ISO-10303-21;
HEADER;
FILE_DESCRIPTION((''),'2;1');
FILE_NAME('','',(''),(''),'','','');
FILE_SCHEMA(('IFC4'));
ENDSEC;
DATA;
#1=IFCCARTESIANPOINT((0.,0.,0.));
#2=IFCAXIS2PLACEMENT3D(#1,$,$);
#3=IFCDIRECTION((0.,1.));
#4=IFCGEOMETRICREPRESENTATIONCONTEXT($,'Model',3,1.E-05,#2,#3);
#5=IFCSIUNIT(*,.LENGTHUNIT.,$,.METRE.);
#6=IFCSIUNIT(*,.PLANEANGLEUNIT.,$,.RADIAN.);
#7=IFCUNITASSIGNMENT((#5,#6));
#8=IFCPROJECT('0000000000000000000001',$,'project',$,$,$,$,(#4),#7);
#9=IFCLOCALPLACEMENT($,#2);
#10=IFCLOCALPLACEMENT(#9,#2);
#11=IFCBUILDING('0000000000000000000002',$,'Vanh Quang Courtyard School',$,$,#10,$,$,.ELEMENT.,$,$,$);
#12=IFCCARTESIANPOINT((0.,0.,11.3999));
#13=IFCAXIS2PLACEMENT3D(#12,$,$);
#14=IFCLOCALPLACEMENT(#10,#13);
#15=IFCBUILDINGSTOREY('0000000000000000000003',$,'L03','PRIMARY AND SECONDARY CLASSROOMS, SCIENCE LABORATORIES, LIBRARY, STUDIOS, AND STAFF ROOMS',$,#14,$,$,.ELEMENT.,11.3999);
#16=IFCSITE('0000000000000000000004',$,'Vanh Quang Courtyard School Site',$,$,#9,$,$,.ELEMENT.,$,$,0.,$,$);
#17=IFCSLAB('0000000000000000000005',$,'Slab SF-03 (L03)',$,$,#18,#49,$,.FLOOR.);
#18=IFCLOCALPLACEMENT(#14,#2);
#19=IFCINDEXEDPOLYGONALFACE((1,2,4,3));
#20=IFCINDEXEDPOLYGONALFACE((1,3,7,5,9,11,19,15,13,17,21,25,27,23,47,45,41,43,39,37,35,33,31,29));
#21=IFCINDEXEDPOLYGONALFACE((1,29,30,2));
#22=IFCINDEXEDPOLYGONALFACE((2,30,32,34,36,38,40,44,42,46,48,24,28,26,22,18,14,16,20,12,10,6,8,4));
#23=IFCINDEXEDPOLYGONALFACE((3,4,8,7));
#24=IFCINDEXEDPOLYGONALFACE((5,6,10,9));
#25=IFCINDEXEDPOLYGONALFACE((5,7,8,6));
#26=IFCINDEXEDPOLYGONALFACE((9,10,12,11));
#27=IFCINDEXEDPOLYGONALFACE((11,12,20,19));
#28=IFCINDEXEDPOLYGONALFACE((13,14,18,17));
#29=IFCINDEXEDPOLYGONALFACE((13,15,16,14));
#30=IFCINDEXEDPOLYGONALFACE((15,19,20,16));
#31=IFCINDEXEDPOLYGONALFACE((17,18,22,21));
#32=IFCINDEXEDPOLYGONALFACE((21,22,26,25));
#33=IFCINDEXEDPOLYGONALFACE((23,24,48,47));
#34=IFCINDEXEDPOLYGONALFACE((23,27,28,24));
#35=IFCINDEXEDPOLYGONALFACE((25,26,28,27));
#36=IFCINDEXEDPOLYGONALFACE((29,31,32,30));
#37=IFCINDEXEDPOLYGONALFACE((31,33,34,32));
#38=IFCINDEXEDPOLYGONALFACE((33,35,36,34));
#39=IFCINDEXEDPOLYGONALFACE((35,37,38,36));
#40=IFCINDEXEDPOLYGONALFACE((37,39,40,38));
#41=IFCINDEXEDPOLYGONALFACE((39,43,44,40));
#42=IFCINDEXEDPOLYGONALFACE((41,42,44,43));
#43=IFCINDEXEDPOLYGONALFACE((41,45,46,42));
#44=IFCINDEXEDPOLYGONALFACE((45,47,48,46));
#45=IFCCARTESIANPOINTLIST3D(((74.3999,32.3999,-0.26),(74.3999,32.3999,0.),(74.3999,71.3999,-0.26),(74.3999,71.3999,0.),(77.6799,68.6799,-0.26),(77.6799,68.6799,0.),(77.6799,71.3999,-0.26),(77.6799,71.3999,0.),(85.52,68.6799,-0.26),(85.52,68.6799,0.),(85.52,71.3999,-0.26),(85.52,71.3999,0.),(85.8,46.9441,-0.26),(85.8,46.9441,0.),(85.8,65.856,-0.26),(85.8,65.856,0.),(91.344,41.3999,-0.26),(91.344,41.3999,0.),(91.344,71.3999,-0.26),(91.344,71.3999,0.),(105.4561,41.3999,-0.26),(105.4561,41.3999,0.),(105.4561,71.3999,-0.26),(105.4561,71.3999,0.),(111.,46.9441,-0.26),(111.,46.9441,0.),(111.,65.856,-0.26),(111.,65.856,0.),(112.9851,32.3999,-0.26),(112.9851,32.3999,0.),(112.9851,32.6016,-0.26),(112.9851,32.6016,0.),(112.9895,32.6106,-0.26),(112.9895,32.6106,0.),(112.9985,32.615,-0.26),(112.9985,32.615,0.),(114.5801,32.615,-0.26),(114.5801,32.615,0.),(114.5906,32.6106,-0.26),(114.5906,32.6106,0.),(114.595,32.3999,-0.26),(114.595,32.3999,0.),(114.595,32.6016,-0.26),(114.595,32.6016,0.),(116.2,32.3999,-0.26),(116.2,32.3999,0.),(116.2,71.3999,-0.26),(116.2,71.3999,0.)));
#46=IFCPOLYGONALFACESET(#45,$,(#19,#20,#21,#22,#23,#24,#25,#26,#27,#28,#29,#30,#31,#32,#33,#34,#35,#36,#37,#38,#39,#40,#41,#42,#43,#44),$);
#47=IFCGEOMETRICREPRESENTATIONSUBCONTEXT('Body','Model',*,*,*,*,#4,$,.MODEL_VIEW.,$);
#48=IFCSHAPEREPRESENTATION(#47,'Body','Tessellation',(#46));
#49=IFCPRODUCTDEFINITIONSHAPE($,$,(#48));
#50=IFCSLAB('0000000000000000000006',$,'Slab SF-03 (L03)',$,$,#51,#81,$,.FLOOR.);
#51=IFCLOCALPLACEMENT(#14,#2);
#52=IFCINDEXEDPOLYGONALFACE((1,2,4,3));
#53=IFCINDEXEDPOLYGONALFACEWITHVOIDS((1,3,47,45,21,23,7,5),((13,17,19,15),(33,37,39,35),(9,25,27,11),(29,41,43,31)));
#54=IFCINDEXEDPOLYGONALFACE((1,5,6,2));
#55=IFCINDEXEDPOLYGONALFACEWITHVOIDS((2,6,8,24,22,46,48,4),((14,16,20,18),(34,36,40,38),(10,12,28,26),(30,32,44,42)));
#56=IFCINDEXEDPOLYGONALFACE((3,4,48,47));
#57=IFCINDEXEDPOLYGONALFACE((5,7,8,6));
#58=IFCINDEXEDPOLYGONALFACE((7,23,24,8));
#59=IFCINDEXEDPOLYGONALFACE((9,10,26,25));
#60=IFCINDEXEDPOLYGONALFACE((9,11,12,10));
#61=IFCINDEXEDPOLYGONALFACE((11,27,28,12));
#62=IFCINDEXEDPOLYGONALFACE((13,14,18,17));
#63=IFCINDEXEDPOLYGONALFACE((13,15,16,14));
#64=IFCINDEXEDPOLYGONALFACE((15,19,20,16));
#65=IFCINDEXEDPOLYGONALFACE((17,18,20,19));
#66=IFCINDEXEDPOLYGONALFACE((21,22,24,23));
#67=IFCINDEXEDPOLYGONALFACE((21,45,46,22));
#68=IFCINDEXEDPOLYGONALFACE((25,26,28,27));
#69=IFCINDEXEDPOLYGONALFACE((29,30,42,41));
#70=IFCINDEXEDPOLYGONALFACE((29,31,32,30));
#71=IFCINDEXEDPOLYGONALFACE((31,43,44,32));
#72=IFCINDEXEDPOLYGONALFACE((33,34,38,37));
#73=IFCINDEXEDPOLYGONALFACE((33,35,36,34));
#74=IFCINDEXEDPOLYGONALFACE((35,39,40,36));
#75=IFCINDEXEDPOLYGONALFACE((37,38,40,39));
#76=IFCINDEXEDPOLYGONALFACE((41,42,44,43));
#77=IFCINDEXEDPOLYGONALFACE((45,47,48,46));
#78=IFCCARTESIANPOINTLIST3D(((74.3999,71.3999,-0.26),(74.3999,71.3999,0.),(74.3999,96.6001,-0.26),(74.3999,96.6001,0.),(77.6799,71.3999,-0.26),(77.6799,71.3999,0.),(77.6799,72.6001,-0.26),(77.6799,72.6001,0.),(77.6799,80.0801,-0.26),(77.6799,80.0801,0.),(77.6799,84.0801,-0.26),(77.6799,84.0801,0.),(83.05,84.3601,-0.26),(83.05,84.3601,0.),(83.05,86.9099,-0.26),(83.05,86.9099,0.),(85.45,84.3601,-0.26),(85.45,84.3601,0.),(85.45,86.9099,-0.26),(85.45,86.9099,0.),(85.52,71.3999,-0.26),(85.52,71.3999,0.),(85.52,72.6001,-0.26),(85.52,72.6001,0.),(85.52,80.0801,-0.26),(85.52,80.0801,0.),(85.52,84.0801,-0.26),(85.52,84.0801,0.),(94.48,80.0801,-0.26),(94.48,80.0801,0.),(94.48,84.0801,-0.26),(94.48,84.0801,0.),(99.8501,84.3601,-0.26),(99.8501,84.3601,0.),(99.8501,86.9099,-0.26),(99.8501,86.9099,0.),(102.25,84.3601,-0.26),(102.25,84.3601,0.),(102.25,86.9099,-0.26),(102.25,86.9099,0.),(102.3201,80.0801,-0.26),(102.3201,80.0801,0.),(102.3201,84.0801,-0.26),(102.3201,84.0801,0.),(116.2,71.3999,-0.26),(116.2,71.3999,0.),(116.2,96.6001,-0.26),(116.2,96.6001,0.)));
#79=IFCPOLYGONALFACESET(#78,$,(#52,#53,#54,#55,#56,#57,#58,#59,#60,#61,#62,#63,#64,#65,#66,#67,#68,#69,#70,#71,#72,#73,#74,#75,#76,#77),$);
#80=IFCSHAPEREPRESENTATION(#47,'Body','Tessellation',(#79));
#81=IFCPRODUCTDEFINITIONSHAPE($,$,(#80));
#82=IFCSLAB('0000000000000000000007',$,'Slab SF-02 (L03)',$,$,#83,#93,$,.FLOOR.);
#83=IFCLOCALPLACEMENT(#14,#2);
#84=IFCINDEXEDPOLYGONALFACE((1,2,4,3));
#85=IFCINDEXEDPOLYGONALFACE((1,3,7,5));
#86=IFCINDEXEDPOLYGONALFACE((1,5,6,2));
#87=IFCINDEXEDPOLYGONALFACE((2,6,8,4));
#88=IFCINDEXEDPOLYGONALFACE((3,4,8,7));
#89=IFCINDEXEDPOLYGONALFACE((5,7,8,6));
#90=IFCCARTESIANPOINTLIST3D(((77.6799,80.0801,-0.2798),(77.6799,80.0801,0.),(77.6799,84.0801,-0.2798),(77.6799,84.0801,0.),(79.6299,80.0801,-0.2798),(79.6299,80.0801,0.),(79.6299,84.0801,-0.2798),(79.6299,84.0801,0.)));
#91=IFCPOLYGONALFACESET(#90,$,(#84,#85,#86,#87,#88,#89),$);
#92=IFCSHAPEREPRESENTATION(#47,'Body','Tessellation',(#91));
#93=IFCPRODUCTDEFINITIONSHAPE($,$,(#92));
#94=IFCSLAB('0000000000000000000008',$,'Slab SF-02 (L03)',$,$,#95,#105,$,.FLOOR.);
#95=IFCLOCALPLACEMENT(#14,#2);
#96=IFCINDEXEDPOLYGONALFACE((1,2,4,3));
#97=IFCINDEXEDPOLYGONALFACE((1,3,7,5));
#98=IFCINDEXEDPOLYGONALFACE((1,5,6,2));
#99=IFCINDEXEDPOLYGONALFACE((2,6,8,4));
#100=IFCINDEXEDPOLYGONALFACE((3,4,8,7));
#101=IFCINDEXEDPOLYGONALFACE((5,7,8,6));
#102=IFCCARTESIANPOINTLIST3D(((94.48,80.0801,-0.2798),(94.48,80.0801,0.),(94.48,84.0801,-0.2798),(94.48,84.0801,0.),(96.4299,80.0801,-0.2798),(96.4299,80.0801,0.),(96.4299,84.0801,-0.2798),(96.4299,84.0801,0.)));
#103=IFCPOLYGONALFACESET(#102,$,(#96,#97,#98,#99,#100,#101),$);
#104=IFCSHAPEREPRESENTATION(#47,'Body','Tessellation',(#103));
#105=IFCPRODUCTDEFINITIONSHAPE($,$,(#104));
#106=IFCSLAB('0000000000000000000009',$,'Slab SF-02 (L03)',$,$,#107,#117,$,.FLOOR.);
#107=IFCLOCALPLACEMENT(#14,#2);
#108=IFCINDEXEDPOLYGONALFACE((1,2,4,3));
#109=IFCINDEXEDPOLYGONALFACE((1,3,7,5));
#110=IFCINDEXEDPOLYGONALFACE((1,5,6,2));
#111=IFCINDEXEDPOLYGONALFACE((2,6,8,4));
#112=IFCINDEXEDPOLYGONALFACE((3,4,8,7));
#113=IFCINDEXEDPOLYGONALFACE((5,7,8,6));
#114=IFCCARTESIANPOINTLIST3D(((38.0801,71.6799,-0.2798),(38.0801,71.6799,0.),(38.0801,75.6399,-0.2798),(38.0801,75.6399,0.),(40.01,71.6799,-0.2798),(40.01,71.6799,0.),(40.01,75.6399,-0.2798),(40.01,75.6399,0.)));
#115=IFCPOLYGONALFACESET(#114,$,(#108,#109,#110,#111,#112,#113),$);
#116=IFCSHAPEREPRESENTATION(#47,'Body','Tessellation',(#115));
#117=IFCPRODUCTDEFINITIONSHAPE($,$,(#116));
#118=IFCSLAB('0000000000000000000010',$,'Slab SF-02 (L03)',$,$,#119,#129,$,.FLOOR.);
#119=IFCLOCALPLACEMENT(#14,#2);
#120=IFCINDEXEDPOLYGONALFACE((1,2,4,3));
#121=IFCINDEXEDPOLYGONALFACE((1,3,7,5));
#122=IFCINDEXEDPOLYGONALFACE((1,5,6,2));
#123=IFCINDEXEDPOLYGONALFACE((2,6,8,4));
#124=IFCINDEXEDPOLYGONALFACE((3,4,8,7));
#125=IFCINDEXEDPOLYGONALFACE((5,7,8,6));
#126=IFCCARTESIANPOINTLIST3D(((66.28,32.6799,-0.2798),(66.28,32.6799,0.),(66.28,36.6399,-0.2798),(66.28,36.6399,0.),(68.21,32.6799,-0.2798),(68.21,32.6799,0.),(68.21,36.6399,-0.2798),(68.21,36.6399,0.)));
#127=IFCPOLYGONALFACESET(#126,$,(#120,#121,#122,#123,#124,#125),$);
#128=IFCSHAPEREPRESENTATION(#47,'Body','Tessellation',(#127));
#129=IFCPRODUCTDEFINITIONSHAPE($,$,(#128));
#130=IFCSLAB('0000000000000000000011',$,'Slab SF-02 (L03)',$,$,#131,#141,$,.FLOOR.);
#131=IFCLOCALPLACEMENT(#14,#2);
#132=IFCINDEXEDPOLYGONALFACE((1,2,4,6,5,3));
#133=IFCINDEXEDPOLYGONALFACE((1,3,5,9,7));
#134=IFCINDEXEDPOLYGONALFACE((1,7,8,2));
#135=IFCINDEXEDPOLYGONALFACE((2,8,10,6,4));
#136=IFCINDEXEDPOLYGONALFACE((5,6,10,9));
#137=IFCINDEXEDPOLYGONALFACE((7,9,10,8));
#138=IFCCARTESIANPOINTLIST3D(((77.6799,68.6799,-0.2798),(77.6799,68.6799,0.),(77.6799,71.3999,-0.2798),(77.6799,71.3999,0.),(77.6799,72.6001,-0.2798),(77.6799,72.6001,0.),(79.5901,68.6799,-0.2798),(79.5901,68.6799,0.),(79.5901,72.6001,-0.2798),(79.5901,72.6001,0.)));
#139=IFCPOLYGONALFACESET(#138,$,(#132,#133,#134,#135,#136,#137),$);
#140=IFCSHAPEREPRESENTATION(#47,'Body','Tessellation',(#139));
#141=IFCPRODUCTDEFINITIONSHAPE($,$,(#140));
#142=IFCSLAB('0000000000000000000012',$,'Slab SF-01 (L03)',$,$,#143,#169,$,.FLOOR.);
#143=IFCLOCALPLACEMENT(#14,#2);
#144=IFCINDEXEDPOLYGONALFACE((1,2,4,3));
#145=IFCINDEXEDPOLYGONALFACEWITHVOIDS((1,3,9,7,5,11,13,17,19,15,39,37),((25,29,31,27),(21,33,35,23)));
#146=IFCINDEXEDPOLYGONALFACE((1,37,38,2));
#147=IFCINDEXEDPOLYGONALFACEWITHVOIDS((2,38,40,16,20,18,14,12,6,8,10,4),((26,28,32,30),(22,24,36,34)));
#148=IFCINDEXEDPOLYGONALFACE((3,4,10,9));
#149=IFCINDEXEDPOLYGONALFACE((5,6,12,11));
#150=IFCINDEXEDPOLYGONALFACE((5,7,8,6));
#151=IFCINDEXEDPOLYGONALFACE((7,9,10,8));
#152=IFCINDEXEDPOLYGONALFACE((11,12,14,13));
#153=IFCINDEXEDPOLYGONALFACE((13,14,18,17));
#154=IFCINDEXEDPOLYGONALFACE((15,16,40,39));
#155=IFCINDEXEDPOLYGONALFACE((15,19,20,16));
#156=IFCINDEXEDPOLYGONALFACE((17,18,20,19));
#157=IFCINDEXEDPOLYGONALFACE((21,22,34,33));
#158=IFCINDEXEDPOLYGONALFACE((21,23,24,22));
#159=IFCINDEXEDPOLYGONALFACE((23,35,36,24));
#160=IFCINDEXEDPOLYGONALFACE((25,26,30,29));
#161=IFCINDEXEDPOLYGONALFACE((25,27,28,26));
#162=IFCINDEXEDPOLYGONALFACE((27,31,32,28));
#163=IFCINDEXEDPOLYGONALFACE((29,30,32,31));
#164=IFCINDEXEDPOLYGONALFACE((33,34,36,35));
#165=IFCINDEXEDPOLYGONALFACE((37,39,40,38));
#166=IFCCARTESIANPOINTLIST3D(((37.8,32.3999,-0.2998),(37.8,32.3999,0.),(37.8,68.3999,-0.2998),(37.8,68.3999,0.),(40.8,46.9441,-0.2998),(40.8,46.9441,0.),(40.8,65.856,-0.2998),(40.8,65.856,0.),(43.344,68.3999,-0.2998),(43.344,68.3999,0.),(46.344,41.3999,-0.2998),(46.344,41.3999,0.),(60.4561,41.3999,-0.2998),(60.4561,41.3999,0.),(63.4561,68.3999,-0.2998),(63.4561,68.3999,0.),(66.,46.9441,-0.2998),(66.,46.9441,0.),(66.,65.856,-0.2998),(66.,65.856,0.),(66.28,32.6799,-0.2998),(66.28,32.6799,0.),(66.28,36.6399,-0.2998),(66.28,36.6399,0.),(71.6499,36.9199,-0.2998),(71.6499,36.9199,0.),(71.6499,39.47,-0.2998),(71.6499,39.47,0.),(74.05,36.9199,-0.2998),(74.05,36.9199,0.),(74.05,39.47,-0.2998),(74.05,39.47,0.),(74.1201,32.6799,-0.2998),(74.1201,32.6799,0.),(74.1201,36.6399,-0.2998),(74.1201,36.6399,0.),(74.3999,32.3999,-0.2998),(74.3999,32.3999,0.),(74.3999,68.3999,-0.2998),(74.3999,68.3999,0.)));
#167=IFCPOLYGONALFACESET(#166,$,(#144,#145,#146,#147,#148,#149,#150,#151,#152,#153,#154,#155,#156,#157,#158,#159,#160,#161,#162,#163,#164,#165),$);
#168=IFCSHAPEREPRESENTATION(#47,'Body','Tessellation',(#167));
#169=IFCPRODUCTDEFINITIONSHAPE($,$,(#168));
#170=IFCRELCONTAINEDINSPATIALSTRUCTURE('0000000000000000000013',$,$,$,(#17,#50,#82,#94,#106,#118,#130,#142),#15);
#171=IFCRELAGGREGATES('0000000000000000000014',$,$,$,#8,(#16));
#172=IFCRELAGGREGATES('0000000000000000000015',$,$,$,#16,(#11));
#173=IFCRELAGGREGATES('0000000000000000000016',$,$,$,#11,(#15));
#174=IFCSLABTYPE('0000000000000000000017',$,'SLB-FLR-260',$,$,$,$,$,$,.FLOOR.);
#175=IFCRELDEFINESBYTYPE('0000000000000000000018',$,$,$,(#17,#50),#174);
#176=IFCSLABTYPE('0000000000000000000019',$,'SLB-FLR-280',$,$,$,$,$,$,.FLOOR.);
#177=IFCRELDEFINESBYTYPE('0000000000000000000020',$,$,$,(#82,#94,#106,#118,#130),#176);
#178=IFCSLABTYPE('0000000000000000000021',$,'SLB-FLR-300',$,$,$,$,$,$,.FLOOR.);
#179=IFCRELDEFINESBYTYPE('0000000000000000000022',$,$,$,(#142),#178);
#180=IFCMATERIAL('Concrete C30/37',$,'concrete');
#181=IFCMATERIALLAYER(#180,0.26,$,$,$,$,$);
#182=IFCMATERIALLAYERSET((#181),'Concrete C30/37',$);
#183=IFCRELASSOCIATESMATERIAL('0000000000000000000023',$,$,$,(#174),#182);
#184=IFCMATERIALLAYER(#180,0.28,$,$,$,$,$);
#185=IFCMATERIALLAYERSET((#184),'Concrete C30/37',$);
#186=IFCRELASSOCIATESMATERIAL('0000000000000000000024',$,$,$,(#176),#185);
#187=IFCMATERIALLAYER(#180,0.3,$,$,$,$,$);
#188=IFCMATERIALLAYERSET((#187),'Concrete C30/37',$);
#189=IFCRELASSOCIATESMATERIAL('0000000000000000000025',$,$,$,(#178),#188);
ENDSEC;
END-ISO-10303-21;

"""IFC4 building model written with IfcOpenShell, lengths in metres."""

from ifc_helpers import new_model, si_unit, direction, frame, origin, place, context, subcontext, project, spatial, polyline, outline, extrude, material, layer, layer_set, type_object, element, save


model = new_model("IFC4")

# Units and contexts
model_context = context("Model", 3, precision=1e-05, world=origin(), true_north=direction((0.0, 1.0)))
body_context = subcontext(model_context, "Body", "Model", "MODEL_VIEW")
ifc_project = project(units=[si_unit("LENGTHUNIT", "METRE"), si_unit("PLANEANGLEUNIT", "RADIAN")], contexts=[model_context])

# Site, building, storey
site_placement = place(None, origin())
site = spatial("IfcSite", under=ifc_project, at=site_placement, Name="Vanh Quang Courtyard School Site", CompositionType="ELEMENT", RefElevation=0.0)
building_placement = place(site_placement, origin())
building = spatial("IfcBuilding", under=site, at=building_placement, Name="Vanh Quang Courtyard School", CompositionType="ELEMENT")
storey_placement = place(building_placement, frame((0.0, 0.0, 11.3999)))
storey = spatial("IfcBuildingStorey", under=building, at=storey_placement, Name="L03", Description="PRIMARY AND SECONDARY CLASSROOMS, SCIENCE LABORATORIES, LIBRARY, STUDIOS, AND STAFF ROOMS", CompositionType="ELEMENT", Elevation=11.3999)

# Slabs
ifc_material_1 = material(Name="Concrete C30/37", Category="concrete")
ifc_layer_1 = layer(ifc_material_1, 0.26)
ifc_layer_set_1 = layer_set([ifc_layer_1], Name="Concrete C30/37")
slab_type_1 = type_object("IfcSlabType", Name="SLB-FLR-260", PredefinedType="FLOOR", material=ifc_layer_set_1)
slab_1_placement = place(storey_placement, frame((0.0, 0.0, -0.26)))
element("IfcSlab", 1, at=slab_1_placement, inside=storey, type_object=slab_type_1, Name="Slab SF-03 (L03)", PredefinedType="FLOOR", context=body_context, shape_type="SweptSolid", body=[
    extrude(outline(polyline([(116.2, 71.3999), (105.4561, 71.3999), (111.0, 65.856), (111.0, 46.9441), (105.4561, 41.3999), (91.344, 41.3999), (85.8, 46.9441), (85.8, 65.856), (91.344, 71.3999), (85.52, 71.3999), (85.52, 68.6799), (77.6799, 68.6799), (77.6799, 71.3999), (74.3999, 71.3999), (74.3999, 32.3999), (112.9851, 32.3999), (112.9851, 32.6016), (112.9895, 32.6106), (112.9985, 32.615), (114.5801, 32.615), (114.5906, 32.6106), (114.595, 32.6016), (114.595, 32.3999), (116.2, 32.3999), (116.2, 71.3999)])), origin(), (0.0, 0.0, 1.0), 0.26),
])
slab_2_placement = place(storey_placement, frame((0.0, 0.0, -0.26)))
element("IfcSlab", 2, at=slab_2_placement, inside=storey, type_object=slab_type_1, Name="Slab SF-03 (L03)", PredefinedType="FLOOR", context=body_context, shape_type="SweptSolid", body=[
    extrude(outline(polyline([(116.2, 96.6001), (74.3999, 96.6001), (74.3999, 71.3999), (77.6799, 71.3999), (77.6799, 72.6001), (85.52, 72.6001), (85.52, 71.3999), (116.2, 71.3999), (116.2, 96.6001)]), holes=[polyline([(85.52, 80.0801), (77.6799, 80.0801), (77.6799, 84.0801), (85.52, 84.0801), (85.52, 80.0801)]), polyline([(85.45, 84.3601), (83.05, 84.3601), (83.05, 86.9099), (85.45, 86.9099), (85.45, 84.3601)]), polyline([(102.3201, 80.0801), (94.48, 80.0801), (94.48, 84.0801), (102.3201, 84.0801), (102.3201, 80.0801)]), polyline([(102.25, 84.3601), (99.8501, 84.3601), (99.8501, 86.9099), (102.25, 86.9099), (102.25, 84.3601)])]), origin(), (0.0, 0.0, 1.0), 0.26),
])
ifc_layer_2 = layer(ifc_material_1, 0.28)
ifc_layer_set_2 = layer_set([ifc_layer_2], Name="Concrete C30/37")
slab_type_2 = type_object("IfcSlabType", Name="SLB-FLR-280", PredefinedType="FLOOR", material=ifc_layer_set_2)
slab_3_placement = place(storey_placement, frame((0.0, 0.0, -0.2798)))
element("IfcSlab", 3, at=slab_3_placement, inside=storey, type_object=slab_type_2, Name="Slab SF-02 (L03)", PredefinedType="FLOOR", context=body_context, shape_type="SweptSolid", body=[
    extrude(outline(polyline([(79.6299, 80.0801), (77.6799, 80.0801), (77.6799, 84.0801), (79.6299, 84.0801), (79.6299, 80.0801)])), origin(), (0.0, 0.0, 1.0), 0.2798),
])
slab_4_placement = place(storey_placement, frame((0.0, 0.0, -0.2798)))
element("IfcSlab", 4, at=slab_4_placement, inside=storey, type_object=slab_type_2, Name="Slab SF-02 (L03)", PredefinedType="FLOOR", context=body_context, shape_type="SweptSolid", body=[
    extrude(outline(polyline([(96.4299, 80.0801), (94.48, 80.0801), (94.48, 84.0801), (96.4299, 84.0801), (96.4299, 80.0801)])), origin(), (0.0, 0.0, 1.0), 0.2798),
])
slab_5_placement = place(storey_placement, frame((0.0, 0.0, -0.2798)))
element("IfcSlab", 5, at=slab_5_placement, inside=storey, type_object=slab_type_2, Name="Slab SF-02 (L03)", PredefinedType="FLOOR", context=body_context, shape_type="SweptSolid", body=[
    extrude(outline(polyline([(40.01, 71.6799), (38.0801, 71.6799), (38.0801, 75.6399), (40.01, 75.6399), (40.01, 71.6799)])), origin(), (0.0, 0.0, 1.0), 0.2798),
])
slab_6_placement = place(storey_placement, frame((0.0, 0.0, -0.2798)))
element("IfcSlab", 6, at=slab_6_placement, inside=storey, type_object=slab_type_2, Name="Slab SF-02 (L03)", PredefinedType="FLOOR", context=body_context, shape_type="SweptSolid", body=[
    extrude(outline(polyline([(68.21, 32.6799), (66.28, 32.6799), (66.28, 36.6399), (68.21, 36.6399), (68.21, 32.6799)])), origin(), (0.0, 0.0, 1.0), 0.2798),
])
slab_7_placement = place(storey_placement, frame((0.0, 0.0, -0.2798)))
element("IfcSlab", 7, at=slab_7_placement, inside=storey, type_object=slab_type_2, Name="Slab SF-02 (L03)", PredefinedType="FLOOR", context=body_context, shape_type="SweptSolid", body=[
    extrude(outline(polyline([(79.5901, 68.6799), (77.6799, 68.6799), (77.6799, 71.3999), (77.6799, 72.6001), (79.5901, 72.6001), (79.5901, 68.6799)])), origin(), (0.0, 0.0, 1.0), 0.2798),
])
ifc_layer_3 = layer(ifc_material_1, 0.3)
ifc_layer_set_3 = layer_set([ifc_layer_3], Name="Concrete C30/37")
slab_type_3 = type_object("IfcSlabType", Name="SLB-FLR-300", PredefinedType="FLOOR", material=ifc_layer_set_3)
slab_8_placement = place(storey_placement, frame((0.0, 0.0, -0.2998)))
element("IfcSlab", 8, at=slab_8_placement, inside=storey, type_object=slab_type_3, Name="Slab SF-01 (L03)", PredefinedType="FLOOR", context=body_context, shape_type="SweptSolid", body=[
    extrude(outline(polyline([(63.4561, 68.3999), (66.0, 65.856), (66.0, 46.9441), (60.4561, 41.3999), (46.344, 41.3999), (40.8, 46.9441), (40.8, 65.856), (43.344, 68.3999), (37.8, 68.3999), (37.8, 32.3999), (74.3999, 32.3999), (74.3999, 68.3999), (63.4561, 68.3999)]), holes=[polyline([(74.1201, 32.6799), (66.28, 32.6799), (66.28, 36.6399), (74.1201, 36.6399), (74.1201, 32.6799)]), polyline([(74.05, 36.9199), (71.6499, 36.9199), (71.6499, 39.47), (74.05, 39.47), (74.05, 36.9199)])]), origin(), (0.0, 0.0, 1.0), 0.2998),
])

save(model, "model.ifc")
